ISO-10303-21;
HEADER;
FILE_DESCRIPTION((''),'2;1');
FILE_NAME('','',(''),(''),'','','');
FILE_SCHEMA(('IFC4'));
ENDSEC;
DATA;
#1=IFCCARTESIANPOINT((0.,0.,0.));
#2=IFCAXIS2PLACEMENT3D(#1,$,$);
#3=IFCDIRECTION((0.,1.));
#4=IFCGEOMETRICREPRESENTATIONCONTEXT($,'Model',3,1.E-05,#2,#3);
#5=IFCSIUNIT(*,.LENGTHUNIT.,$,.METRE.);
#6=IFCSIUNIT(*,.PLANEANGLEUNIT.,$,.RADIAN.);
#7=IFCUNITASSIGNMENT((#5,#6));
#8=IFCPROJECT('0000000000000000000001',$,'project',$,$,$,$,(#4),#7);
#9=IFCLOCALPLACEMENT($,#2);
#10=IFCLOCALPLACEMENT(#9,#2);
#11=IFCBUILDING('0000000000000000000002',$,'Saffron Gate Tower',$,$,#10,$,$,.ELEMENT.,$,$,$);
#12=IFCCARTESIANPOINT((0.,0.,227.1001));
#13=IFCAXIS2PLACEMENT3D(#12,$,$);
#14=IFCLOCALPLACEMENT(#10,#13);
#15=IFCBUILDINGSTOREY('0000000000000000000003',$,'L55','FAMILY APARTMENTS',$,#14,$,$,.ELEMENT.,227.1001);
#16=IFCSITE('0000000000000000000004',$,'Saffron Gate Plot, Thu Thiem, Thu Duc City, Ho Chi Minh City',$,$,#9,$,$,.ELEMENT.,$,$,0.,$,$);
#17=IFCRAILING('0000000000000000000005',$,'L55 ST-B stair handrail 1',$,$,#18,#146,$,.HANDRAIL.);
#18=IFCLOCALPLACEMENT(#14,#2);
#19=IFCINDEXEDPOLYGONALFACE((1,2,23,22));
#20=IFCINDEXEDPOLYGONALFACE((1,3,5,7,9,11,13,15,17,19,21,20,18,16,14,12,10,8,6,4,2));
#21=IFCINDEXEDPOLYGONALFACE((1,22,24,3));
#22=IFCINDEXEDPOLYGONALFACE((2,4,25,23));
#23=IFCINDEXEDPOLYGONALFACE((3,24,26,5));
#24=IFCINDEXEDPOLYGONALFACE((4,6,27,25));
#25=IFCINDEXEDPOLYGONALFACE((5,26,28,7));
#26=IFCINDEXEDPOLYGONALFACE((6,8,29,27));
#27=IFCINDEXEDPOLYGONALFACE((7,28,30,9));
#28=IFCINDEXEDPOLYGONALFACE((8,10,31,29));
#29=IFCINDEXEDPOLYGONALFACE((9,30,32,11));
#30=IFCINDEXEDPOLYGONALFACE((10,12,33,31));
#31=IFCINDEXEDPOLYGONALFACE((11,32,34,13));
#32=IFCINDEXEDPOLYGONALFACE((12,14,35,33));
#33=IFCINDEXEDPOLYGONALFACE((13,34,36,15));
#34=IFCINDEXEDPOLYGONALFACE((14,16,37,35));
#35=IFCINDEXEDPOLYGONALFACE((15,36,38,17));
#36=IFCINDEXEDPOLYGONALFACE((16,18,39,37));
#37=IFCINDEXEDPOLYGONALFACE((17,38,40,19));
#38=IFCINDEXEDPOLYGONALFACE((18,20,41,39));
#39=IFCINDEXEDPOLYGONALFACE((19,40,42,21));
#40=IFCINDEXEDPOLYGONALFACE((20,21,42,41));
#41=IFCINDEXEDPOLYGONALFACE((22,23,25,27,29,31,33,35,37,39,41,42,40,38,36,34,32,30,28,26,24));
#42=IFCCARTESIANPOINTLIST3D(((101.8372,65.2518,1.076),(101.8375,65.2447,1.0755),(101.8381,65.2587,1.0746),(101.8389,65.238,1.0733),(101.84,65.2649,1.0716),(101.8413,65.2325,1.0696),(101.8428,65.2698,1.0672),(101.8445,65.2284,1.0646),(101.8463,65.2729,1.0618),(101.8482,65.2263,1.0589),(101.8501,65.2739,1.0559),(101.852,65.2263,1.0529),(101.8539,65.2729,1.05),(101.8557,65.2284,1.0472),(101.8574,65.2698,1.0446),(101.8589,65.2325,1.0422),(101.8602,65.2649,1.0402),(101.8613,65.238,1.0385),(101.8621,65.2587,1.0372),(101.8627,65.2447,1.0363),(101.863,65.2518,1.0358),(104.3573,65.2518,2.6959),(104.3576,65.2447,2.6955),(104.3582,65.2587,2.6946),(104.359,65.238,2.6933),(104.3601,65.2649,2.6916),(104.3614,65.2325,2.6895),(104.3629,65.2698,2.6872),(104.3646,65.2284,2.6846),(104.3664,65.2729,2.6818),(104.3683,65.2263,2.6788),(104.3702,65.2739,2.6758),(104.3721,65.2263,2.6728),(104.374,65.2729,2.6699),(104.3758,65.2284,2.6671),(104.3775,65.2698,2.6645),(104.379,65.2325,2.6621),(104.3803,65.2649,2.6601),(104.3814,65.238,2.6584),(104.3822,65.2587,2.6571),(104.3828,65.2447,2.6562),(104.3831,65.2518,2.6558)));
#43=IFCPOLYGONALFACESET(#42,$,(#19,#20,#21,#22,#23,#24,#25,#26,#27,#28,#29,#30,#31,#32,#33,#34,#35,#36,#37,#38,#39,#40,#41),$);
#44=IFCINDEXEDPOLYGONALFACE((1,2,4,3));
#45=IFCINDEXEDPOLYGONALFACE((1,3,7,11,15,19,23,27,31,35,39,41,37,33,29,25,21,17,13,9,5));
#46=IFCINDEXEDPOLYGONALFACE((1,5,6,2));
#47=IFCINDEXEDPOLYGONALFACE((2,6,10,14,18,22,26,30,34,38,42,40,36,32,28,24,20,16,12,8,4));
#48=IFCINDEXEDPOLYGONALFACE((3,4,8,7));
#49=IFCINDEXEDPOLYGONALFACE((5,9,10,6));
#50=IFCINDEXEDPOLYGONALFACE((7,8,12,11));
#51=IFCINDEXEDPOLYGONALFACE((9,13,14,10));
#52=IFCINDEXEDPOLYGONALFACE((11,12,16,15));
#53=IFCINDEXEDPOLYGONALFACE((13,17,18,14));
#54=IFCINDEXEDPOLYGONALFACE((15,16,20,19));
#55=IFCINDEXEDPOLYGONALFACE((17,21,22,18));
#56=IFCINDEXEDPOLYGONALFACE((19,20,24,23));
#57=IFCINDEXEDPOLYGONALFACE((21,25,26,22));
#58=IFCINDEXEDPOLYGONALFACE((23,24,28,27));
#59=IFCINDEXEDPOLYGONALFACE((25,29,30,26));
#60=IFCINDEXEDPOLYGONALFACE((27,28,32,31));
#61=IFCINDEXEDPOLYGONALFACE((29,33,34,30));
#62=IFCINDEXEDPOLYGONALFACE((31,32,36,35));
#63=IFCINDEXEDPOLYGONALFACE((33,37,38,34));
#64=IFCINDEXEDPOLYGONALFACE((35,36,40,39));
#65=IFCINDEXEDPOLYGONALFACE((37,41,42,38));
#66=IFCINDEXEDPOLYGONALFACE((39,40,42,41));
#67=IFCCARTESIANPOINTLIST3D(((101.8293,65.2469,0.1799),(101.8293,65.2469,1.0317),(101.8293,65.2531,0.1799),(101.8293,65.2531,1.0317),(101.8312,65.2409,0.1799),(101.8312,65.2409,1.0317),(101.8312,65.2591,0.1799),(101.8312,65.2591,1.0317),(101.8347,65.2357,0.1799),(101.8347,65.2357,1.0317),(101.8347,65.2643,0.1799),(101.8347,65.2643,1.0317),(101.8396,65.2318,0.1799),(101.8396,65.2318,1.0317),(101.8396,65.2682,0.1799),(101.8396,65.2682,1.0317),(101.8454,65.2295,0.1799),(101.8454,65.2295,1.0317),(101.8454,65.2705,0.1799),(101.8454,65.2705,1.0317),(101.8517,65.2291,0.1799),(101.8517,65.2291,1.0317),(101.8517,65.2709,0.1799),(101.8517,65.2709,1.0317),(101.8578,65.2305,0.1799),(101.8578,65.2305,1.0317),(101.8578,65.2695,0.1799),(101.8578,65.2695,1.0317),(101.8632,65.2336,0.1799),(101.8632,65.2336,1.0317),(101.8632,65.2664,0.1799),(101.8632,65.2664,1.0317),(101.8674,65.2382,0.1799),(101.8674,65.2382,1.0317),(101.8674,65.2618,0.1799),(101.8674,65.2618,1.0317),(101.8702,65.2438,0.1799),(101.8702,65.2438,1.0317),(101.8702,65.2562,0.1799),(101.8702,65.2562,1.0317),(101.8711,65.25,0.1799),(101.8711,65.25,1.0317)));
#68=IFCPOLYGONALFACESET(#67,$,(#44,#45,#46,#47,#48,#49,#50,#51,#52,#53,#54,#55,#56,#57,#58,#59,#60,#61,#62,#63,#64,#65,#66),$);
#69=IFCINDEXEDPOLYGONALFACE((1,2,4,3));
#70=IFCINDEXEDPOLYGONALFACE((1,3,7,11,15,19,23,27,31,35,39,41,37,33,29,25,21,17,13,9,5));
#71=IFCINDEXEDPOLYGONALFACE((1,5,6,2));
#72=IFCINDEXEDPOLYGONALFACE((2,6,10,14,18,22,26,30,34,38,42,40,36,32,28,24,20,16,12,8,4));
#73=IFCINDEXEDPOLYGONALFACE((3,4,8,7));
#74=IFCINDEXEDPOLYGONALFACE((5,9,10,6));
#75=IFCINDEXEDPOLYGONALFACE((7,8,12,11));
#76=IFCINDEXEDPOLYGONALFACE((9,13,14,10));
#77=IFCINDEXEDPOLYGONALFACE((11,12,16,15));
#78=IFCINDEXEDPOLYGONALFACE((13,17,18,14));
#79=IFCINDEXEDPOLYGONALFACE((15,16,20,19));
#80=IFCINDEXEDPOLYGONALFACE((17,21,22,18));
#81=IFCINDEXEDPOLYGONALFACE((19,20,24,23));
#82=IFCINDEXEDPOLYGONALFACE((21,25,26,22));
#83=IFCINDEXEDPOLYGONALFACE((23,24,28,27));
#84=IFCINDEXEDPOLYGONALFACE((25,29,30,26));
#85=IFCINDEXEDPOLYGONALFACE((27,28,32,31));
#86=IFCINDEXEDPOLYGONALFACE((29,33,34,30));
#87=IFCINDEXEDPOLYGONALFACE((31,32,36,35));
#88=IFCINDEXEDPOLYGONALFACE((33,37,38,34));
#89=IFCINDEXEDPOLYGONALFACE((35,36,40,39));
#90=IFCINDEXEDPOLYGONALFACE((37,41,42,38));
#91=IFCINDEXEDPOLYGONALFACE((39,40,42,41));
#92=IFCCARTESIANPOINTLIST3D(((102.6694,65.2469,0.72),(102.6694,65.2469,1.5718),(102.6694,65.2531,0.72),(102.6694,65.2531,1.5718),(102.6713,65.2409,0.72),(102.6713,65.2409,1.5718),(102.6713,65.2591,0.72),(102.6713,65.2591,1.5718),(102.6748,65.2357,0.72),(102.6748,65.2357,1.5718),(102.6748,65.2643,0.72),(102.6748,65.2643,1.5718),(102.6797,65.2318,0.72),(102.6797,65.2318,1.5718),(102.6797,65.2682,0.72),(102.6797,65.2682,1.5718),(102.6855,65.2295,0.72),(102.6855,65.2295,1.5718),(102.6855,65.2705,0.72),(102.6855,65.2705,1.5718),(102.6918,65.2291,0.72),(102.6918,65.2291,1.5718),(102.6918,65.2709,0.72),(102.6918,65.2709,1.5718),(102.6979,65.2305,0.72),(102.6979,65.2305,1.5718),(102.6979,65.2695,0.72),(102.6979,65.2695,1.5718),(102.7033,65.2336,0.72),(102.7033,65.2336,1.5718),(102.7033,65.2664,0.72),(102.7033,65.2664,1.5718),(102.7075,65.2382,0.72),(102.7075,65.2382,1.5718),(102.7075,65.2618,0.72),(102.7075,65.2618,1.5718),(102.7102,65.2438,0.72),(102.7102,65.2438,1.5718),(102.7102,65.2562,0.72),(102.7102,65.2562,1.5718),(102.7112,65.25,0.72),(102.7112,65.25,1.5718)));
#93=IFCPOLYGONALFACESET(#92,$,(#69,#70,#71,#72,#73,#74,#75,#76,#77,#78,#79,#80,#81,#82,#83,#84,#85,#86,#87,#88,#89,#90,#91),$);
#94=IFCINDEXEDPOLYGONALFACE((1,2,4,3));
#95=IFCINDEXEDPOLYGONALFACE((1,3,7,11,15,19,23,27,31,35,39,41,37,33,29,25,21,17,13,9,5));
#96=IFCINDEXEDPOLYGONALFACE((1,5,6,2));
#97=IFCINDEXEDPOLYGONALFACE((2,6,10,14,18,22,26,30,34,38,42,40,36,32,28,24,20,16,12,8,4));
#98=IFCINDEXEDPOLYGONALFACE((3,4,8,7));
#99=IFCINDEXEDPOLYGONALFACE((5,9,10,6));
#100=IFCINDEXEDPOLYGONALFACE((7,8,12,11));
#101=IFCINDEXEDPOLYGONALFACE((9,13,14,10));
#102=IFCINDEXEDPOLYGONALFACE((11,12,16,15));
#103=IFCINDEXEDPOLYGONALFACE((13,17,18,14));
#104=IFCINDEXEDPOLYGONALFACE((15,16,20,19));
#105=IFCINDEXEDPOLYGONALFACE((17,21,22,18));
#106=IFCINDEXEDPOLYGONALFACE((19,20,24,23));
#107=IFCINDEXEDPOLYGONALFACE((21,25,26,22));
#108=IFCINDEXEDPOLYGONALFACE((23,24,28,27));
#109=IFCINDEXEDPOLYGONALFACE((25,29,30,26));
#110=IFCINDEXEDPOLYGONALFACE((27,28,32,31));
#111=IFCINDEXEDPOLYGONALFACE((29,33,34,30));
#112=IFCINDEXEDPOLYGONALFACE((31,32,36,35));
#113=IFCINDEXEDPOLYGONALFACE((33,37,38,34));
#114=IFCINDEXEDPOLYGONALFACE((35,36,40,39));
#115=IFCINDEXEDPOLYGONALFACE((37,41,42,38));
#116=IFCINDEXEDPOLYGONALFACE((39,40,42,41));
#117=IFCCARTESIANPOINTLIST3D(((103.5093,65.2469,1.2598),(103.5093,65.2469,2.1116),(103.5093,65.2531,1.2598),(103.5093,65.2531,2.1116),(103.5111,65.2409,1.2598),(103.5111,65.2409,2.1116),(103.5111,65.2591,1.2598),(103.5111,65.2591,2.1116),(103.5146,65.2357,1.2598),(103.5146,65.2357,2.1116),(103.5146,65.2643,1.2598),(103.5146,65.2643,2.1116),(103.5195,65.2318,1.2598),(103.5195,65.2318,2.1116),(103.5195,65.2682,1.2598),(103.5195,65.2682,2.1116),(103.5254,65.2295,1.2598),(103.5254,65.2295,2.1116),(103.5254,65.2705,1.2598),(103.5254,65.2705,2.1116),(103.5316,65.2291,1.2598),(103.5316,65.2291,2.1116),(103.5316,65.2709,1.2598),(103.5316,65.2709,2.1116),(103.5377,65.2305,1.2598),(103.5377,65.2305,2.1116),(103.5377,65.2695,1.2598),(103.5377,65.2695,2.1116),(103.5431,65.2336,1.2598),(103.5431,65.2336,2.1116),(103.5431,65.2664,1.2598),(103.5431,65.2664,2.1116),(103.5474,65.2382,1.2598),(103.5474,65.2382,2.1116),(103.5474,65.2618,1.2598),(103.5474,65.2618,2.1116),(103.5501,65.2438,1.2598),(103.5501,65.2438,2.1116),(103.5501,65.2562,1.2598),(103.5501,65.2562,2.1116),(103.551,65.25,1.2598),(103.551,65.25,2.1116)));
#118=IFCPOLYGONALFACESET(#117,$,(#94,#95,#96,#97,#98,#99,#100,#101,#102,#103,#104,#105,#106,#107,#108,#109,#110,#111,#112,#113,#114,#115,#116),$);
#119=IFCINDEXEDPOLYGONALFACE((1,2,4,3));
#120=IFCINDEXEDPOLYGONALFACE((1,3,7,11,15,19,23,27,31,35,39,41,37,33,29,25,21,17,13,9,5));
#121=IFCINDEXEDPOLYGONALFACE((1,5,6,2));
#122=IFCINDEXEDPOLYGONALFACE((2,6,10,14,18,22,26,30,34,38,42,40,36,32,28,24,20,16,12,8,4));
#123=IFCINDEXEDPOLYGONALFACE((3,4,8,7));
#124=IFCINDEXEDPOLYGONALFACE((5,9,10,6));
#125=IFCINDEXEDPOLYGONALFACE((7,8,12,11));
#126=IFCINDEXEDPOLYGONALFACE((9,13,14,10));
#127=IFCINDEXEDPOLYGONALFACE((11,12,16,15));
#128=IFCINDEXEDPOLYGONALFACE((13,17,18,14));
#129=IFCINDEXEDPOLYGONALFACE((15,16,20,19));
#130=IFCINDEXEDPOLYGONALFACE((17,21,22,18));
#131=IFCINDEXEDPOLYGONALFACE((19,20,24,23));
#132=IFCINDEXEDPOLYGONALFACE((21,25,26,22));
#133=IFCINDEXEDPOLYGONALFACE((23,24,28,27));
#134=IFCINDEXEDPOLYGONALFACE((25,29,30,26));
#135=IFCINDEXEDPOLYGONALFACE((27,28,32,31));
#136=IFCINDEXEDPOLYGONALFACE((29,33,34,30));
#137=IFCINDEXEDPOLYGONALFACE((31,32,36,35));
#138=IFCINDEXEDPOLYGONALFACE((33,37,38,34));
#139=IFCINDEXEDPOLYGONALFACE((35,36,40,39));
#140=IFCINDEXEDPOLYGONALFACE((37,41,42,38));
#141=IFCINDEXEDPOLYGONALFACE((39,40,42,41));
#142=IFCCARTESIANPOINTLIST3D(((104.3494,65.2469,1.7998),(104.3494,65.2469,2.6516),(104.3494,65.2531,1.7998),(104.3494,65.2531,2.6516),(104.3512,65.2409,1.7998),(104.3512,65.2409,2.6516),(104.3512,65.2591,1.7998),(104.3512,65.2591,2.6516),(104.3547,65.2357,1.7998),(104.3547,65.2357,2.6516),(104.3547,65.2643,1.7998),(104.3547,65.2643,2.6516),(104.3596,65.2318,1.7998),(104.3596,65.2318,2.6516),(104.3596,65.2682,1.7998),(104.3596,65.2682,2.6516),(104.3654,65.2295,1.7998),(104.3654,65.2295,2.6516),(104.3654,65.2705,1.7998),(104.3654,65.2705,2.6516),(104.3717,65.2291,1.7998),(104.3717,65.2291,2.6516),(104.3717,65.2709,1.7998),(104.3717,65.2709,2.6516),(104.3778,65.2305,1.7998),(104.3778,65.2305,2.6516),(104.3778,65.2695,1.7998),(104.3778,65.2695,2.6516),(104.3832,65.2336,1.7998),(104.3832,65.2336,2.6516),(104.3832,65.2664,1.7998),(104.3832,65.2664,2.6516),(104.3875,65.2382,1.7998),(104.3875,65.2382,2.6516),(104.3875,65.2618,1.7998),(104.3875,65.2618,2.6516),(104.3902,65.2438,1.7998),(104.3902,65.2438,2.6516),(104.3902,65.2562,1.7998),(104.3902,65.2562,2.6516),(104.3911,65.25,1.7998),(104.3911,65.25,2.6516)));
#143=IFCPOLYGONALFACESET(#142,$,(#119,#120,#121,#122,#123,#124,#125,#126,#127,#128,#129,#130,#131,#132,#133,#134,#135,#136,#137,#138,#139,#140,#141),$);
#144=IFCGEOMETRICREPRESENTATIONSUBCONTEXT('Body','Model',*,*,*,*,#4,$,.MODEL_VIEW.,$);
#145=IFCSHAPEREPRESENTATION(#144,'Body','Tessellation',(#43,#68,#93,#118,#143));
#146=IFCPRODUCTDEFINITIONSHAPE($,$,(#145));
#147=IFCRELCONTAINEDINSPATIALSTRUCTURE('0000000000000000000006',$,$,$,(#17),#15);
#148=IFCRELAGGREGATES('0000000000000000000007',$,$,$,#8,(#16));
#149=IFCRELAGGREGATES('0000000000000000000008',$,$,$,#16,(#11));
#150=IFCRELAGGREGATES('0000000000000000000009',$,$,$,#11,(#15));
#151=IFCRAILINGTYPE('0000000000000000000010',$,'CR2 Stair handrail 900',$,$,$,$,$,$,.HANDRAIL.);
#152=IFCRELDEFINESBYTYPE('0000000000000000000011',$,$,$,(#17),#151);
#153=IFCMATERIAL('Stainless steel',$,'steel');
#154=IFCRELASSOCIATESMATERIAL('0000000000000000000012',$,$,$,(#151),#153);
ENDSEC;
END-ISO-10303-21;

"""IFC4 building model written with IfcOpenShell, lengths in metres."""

from ifc_helpers import new_model, si_unit, direction, frame, origin, origin_2d, place, context, subcontext, project, spatial, circle, extrude, material, type_object, element, save


model = new_model("IFC4")

# Units and contexts
model_context = context("Model", 3, precision=1e-05, world=origin(), true_north=direction((0.0, 1.0)))
body_context = subcontext(model_context, "Body", "Model", "MODEL_VIEW")
ifc_project = project(units=[si_unit("LENGTHUNIT", "METRE"), si_unit("PLANEANGLEUNIT", "RADIAN")], contexts=[model_context])

# Site, building, storey
site_placement = place(None, origin())
site = spatial("IfcSite", under=ifc_project, at=site_placement, Name="Saffron Gate Plot, Thu Thiem, Thu Duc City, Ho Chi Minh City", CompositionType="ELEMENT", RefElevation=0.0)
building_placement = place(site_placement, origin())
building = spatial("IfcBuilding", under=site, at=building_placement, Name="Saffron Gate Tower", CompositionType="ELEMENT")
storey_placement = place(building_placement, frame((0.0, 0.0, 227.1001)))
storey = spatial("IfcBuildingStorey", under=building, at=storey_placement, Name="L55", Description="FAMILY APARTMENTS", CompositionType="ELEMENT", Elevation=227.1001)

# Railing
ifc_material_1 = material(Name="Stainless steel", Category="steel")
railing_type_1 = type_object("IfcRailingType", Name="CR2 Stair handrail 900", PredefinedType="HANDRAIL", material=ifc_material_1)
railing_1_placement = place(storey_placement, frame((101.8501, 65.25, 0.1799)))
element("IfcRailing", 1, at=railing_1_placement, inside=storey, type_object=railing_type_1, Name="L55 ST-B stair handrail 1", PredefinedType="HANDRAIL", context=body_context, shape_type="SweptSolid", body=[
    extrude(circle(Radius=0.0239, at=origin_2d()), frame((0.0, 0.0, 0.876), z_axis=(0.8412, 0.0, 0.540725), x_axis=(0.0, 1.0, 0.0)), (0.0, 0.0, 1.0), 2.9958),
    extrude(circle(Radius=0.021, at=origin_2d()), origin(), (0.0, 0.0, 1.0), 0.8518),
    extrude(circle(Radius=0.021, at=origin_2d()), frame((0.8401, 0.0, 0.54)), (0.0, 0.0, 1.0), 0.8518),
    extrude(circle(Radius=0.021, at=origin_2d()), frame((1.6799, 0.0, 1.0798)), (0.0, 0.0, 1.0), 0.8518),
    extrude(circle(Radius=0.021, at=origin_2d()), frame((2.52, 0.0, 1.6199)), (0.0, 0.0, 1.0), 0.8518),
])

save(model, "model.ifc")
